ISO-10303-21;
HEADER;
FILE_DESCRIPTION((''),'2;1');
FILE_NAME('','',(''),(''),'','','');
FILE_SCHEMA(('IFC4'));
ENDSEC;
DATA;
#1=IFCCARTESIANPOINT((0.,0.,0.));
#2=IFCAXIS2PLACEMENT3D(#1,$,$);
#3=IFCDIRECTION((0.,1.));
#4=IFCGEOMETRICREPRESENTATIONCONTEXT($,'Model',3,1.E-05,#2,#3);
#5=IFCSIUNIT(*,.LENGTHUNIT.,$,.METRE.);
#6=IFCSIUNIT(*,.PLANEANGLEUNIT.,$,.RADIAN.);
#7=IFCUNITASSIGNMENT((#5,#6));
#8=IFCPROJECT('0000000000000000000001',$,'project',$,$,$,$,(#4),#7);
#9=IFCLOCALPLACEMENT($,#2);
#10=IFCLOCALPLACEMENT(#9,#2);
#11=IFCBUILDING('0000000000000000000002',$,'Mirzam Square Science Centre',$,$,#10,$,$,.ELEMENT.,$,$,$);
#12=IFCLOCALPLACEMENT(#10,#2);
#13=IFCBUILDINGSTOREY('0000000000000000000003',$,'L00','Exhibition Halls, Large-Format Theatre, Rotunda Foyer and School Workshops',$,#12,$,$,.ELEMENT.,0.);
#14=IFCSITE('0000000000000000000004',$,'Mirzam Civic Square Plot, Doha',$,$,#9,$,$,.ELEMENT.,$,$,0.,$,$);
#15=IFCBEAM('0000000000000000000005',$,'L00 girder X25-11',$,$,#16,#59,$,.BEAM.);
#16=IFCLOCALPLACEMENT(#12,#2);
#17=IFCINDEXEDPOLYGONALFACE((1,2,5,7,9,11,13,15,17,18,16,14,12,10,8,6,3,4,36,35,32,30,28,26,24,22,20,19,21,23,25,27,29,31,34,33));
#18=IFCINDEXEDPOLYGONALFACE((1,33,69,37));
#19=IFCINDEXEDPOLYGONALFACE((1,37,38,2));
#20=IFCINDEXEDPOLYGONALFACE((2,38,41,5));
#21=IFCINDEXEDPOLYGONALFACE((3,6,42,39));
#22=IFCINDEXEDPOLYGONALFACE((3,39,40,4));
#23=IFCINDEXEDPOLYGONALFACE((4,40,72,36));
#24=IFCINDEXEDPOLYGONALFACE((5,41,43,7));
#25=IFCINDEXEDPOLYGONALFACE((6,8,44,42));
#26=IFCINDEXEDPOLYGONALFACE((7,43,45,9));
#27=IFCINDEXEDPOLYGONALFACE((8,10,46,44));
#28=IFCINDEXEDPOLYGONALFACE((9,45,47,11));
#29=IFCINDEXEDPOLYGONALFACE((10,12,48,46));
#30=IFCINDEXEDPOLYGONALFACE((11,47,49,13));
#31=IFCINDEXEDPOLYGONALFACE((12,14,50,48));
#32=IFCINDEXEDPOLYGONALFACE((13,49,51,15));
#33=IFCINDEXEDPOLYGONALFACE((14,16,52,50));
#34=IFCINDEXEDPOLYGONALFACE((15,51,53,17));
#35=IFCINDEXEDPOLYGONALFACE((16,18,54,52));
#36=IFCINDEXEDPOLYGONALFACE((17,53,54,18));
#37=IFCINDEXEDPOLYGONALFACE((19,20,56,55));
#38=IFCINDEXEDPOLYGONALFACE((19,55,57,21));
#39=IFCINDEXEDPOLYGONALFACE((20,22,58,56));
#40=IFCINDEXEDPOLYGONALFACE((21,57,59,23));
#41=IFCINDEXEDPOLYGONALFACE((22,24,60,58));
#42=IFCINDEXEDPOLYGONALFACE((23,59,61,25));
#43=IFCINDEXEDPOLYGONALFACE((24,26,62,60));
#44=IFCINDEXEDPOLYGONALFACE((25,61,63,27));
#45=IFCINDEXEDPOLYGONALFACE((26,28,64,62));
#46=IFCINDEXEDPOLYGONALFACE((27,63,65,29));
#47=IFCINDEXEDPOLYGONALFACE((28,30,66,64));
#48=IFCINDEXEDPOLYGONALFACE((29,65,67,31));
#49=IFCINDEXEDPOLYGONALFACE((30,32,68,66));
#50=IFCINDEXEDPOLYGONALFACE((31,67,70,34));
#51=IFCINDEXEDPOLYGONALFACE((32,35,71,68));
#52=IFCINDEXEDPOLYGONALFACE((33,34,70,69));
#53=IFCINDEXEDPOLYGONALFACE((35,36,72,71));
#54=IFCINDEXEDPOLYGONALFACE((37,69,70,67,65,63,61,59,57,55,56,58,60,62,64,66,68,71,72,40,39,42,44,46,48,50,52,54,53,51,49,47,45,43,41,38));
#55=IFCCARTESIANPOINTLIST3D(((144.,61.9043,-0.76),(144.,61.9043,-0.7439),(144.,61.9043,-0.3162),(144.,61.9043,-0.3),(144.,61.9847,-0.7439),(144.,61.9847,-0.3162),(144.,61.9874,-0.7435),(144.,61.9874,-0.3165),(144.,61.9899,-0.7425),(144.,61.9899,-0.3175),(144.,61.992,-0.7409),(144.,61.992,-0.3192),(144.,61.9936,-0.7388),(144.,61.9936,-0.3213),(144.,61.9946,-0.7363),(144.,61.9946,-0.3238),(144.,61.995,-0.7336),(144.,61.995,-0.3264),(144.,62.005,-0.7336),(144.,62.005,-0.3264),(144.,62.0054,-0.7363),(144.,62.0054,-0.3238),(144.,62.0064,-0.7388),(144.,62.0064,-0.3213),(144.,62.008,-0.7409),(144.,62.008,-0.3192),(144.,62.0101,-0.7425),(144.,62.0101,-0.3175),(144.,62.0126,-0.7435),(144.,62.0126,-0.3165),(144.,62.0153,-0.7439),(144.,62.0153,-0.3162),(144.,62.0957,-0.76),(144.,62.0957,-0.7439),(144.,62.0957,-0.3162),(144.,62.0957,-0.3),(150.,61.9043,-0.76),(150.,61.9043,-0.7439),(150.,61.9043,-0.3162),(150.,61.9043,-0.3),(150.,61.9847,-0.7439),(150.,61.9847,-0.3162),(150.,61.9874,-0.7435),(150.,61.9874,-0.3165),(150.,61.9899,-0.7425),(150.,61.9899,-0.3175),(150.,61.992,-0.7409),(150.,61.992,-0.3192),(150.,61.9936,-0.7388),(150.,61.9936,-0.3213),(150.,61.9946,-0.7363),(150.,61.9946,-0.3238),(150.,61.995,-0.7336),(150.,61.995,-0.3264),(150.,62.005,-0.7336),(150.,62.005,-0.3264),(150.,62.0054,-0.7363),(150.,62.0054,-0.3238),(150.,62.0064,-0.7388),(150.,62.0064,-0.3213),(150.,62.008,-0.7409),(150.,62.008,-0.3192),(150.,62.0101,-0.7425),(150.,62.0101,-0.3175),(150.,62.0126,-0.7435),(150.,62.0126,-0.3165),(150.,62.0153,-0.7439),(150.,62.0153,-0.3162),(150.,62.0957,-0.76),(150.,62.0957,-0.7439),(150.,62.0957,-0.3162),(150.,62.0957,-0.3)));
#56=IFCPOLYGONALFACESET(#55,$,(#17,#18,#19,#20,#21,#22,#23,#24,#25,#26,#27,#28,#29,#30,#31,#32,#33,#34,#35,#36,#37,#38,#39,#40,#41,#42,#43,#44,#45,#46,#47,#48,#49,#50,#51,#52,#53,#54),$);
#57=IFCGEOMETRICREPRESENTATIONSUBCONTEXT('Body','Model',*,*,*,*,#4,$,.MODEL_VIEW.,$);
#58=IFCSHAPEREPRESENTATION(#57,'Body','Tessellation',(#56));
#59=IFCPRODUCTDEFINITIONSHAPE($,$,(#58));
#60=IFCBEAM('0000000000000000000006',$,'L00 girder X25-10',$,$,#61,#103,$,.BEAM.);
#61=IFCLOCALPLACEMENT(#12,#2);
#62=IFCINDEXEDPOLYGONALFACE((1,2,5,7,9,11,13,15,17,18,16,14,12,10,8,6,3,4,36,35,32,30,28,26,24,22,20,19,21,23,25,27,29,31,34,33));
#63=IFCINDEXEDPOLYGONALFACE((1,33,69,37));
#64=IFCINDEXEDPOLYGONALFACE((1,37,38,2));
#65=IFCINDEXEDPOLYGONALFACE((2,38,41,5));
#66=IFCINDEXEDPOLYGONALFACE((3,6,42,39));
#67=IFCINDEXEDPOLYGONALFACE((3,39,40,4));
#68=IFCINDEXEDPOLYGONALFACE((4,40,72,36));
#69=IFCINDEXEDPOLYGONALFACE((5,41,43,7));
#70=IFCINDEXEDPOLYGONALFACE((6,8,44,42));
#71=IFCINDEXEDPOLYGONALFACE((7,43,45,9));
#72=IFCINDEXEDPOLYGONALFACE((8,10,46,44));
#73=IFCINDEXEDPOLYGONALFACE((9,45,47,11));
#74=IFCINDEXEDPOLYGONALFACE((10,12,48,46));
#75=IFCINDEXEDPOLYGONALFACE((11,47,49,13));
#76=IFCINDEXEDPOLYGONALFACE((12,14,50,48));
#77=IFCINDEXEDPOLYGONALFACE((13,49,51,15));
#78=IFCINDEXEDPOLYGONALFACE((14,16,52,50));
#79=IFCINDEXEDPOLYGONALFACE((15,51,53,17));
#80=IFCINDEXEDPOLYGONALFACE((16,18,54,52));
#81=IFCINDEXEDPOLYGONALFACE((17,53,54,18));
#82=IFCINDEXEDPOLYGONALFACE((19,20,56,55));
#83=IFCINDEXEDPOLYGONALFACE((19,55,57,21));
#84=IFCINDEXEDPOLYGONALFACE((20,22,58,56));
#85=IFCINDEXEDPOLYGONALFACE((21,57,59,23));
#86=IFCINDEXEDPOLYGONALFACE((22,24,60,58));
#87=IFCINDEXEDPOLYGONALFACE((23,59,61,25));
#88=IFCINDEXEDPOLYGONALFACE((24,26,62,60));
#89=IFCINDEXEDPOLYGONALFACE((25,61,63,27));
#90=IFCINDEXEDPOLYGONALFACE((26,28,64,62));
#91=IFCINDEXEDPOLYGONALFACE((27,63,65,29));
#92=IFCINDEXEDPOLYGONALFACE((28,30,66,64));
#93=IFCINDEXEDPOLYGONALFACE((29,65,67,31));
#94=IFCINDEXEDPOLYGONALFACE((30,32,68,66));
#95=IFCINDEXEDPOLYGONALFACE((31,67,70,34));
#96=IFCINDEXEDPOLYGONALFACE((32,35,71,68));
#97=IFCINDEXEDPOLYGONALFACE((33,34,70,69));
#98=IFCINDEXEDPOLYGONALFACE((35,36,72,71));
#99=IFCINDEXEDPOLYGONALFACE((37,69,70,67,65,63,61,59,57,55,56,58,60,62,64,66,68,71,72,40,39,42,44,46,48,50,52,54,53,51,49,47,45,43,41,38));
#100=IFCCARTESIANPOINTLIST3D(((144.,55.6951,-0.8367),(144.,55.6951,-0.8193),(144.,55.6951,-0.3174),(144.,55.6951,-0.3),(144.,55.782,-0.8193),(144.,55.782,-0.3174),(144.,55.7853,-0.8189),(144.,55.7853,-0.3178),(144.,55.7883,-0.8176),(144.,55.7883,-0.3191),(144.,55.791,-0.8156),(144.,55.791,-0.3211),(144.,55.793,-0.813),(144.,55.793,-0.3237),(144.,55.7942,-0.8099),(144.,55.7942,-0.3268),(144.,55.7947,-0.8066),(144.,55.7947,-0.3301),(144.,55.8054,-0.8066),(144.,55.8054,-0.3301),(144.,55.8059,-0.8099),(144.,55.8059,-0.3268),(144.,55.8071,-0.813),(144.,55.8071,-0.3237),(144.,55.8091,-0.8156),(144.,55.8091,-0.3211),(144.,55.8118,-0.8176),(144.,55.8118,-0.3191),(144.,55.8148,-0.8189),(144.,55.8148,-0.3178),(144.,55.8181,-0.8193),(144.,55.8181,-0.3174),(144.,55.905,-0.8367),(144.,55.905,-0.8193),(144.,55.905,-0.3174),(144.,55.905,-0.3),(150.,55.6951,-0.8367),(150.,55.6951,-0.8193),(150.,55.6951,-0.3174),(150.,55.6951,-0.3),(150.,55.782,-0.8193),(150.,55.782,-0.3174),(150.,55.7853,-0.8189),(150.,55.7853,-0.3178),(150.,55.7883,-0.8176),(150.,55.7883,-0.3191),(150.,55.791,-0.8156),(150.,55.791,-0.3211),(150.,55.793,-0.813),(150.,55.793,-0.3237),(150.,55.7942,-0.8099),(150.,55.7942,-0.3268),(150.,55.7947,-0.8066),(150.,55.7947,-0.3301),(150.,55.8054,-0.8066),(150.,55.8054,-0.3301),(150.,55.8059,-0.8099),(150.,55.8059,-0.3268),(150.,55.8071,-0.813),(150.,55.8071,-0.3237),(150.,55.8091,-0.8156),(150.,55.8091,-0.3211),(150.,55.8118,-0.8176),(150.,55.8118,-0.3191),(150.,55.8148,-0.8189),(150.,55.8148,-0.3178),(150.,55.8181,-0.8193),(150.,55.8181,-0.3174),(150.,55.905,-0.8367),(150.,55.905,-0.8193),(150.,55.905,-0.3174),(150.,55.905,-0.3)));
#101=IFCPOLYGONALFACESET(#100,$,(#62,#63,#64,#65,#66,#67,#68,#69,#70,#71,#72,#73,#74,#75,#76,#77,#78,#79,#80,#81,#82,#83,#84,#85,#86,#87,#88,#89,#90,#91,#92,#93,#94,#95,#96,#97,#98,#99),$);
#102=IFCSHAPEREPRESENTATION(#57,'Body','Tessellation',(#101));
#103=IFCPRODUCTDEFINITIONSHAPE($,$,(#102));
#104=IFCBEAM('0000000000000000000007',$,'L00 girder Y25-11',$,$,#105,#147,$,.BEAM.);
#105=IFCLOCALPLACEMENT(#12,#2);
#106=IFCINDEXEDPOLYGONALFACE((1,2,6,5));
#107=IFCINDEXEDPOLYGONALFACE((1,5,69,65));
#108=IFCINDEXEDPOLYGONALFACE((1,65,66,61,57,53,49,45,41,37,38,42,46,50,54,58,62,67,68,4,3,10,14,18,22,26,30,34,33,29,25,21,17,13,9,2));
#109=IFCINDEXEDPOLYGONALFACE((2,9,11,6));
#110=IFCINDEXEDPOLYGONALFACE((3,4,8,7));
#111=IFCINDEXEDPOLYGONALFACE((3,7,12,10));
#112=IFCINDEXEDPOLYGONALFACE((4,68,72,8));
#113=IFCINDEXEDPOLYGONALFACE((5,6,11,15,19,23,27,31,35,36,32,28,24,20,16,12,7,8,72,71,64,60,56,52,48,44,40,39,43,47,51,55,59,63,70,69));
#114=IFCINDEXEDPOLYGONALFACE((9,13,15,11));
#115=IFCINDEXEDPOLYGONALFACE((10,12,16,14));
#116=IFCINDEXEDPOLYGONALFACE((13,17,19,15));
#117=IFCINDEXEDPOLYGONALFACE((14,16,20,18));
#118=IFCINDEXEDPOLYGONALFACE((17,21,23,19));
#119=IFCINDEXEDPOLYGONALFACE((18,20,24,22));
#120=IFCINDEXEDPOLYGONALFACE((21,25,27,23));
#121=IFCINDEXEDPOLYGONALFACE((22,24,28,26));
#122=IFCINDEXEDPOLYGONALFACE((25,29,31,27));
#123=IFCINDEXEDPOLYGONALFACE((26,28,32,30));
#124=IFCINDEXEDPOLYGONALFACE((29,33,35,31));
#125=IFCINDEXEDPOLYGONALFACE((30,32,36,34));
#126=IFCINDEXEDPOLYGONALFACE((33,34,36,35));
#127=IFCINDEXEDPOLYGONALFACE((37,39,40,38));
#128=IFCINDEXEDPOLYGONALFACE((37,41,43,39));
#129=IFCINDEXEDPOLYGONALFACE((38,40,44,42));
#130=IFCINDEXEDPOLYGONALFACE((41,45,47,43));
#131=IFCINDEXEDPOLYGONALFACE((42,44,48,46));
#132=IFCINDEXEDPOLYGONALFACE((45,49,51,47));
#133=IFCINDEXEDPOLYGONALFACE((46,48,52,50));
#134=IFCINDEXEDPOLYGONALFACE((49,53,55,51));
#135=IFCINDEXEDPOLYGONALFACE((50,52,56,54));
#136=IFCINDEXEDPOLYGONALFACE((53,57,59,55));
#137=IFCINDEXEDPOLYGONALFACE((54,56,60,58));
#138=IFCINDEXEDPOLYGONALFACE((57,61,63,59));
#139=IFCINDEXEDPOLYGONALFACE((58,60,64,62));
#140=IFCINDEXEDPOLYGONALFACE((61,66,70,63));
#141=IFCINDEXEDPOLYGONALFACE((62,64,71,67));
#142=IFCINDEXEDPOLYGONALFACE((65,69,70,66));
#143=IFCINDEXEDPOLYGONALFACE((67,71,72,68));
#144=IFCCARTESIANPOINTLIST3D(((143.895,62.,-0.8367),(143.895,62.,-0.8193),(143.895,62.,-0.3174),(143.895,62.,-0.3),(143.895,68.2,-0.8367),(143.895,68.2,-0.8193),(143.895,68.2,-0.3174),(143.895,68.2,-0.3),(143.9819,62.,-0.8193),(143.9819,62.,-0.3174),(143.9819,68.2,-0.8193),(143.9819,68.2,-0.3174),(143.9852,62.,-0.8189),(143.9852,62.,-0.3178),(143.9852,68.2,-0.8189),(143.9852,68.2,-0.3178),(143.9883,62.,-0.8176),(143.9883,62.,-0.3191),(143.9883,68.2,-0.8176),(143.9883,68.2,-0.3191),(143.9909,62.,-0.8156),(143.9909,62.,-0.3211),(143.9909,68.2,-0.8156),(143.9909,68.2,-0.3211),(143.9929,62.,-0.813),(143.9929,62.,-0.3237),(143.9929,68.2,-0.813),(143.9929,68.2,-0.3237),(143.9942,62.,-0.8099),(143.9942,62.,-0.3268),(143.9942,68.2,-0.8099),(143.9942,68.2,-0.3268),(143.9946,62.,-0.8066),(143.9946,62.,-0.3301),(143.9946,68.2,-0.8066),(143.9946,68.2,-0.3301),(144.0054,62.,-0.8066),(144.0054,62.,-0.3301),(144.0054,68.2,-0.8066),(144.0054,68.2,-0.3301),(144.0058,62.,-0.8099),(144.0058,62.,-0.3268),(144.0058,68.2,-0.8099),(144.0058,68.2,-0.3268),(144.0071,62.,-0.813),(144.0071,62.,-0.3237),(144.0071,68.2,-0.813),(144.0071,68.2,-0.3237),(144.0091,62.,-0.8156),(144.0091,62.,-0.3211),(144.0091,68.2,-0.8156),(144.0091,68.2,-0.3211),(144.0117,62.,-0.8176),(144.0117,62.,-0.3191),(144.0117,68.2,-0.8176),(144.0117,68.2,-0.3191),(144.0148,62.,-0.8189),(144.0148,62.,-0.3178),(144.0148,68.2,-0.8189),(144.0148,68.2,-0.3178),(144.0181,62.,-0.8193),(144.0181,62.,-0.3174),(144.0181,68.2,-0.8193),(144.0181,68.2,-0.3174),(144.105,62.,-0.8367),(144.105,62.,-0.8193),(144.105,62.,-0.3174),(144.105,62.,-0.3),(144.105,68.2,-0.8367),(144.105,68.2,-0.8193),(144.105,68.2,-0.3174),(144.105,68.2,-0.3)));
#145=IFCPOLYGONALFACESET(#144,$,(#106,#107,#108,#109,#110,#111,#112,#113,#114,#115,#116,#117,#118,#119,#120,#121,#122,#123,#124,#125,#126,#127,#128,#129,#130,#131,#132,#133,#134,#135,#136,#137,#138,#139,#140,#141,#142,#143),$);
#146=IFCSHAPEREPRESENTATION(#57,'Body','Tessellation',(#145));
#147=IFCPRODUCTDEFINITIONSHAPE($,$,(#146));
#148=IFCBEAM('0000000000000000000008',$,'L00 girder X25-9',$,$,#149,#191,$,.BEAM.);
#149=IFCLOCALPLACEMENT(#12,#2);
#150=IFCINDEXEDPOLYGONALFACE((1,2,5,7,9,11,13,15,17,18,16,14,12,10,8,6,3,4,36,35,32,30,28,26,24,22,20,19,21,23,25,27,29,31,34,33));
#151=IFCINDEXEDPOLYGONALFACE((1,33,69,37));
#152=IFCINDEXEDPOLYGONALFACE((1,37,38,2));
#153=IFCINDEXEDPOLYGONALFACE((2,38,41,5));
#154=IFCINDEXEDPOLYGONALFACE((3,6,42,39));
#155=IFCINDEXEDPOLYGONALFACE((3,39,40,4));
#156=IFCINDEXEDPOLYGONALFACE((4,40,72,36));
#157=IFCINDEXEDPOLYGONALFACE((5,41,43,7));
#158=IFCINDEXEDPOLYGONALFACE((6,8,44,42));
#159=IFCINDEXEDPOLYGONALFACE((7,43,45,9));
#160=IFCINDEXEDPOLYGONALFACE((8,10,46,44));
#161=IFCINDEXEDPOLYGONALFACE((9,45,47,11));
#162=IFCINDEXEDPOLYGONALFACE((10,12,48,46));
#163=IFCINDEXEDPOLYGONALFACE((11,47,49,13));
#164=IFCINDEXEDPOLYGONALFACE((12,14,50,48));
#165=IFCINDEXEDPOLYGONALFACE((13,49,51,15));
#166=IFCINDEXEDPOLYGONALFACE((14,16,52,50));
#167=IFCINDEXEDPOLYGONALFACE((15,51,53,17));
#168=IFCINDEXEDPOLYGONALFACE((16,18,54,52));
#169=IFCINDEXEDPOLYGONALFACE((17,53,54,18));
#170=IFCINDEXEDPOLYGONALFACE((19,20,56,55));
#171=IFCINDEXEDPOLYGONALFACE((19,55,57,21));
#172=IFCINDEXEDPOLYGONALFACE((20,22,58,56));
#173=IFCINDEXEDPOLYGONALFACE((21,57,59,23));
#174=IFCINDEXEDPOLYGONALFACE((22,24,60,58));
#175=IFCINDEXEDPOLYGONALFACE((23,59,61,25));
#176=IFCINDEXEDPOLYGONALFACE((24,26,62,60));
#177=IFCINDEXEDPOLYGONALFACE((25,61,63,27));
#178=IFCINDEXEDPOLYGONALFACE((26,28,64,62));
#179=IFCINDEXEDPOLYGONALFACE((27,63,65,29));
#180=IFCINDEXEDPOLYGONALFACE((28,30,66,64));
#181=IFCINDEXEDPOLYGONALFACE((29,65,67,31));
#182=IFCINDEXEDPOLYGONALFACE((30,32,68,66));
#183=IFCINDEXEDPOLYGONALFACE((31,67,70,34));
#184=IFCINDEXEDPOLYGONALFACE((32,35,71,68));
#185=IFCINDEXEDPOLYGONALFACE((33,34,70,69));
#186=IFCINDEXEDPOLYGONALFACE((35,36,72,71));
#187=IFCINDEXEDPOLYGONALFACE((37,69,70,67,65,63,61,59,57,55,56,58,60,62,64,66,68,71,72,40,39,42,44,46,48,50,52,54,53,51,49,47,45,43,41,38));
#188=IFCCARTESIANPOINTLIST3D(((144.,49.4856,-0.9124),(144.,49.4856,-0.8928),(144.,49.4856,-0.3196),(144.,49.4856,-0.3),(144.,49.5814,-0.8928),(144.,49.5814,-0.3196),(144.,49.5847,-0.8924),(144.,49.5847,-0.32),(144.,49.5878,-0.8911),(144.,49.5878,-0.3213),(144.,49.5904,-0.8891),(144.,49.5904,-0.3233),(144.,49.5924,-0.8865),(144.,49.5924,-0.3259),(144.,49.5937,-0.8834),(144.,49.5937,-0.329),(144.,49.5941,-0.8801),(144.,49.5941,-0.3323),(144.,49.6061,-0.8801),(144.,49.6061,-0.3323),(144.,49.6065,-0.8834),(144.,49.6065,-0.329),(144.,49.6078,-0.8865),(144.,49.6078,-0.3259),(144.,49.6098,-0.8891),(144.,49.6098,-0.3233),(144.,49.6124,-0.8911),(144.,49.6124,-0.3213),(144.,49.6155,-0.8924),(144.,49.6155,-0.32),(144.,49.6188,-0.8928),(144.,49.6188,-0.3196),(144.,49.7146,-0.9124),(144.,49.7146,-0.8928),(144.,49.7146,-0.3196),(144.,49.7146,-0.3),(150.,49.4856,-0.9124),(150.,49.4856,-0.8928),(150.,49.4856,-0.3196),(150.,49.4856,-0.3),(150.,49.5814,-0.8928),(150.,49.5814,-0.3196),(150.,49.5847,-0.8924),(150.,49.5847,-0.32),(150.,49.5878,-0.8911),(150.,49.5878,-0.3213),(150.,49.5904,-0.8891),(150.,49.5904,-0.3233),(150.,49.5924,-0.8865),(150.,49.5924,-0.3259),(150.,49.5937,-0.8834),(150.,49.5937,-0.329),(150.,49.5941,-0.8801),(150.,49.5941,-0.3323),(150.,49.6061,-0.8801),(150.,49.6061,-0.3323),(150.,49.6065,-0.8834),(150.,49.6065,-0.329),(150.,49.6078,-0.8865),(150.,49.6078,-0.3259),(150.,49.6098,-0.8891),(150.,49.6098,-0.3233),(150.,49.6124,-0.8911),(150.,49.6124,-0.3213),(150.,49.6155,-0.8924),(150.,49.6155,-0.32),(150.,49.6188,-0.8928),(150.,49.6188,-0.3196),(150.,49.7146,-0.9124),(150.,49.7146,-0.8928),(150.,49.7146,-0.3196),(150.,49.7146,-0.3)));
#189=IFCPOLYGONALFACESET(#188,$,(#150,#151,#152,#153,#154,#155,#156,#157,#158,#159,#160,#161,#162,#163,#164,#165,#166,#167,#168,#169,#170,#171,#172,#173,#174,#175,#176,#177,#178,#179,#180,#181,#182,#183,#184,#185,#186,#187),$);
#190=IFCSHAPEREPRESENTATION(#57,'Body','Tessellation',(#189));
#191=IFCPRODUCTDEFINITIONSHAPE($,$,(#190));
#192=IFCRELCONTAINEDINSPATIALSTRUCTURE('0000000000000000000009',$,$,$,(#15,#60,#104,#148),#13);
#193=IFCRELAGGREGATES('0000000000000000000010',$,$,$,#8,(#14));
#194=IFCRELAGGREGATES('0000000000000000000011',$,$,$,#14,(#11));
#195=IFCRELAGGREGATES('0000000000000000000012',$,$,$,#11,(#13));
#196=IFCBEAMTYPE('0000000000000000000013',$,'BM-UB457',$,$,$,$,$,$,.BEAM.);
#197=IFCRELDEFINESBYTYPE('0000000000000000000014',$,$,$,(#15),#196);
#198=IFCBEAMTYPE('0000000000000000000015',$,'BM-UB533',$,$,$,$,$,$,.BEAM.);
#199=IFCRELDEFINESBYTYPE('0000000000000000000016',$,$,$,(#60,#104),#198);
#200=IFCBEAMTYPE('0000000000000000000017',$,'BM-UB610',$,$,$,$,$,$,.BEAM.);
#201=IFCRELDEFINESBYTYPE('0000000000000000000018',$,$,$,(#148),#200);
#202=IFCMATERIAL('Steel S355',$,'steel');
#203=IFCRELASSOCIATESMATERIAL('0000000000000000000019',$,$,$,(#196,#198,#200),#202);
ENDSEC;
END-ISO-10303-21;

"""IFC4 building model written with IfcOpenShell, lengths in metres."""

from ifc_helpers import new_model, si_unit, direction, frame, origin, origin_2d, place, context, subcontext, project, spatial, i_section, extrude, material, material_profile, profile_set, type_object, element, save


model = new_model("IFC4")

# Units and contexts
model_context = context("Model", 3, precision=1e-05, world=origin(), true_north=direction((0.0, 1.0)))
body_context = subcontext(model_context, "Body", "Model", "MODEL_VIEW")
ifc_project = project(units=[si_unit("LENGTHUNIT", "METRE"), si_unit("PLANEANGLEUNIT", "RADIAN")], contexts=[model_context])

# Site, building, storey
site_placement = place(None, origin())
site = spatial("IfcSite", under=ifc_project, at=site_placement, Name="Mirzam Civic Square Plot, Doha", CompositionType="ELEMENT", RefElevation=0.0)
building_placement = place(site_placement, origin())
building = spatial("IfcBuilding", under=site, at=building_placement, Name="Mirzam Square Science Centre", CompositionType="ELEMENT")
storey_placement = place(building_placement, origin())
storey = spatial("IfcBuildingStorey", under=building, at=storey_placement, Name="L00", Description="Exhibition Halls, Large-Format Theatre, Rotunda Foyer and School Workshops", CompositionType="ELEMENT", Elevation=0.0)

# Shared definitions
ifc_material_1 = material(Name="Steel S355", Category="steel")

# Beams
ifc_material_profile_1 = material_profile(ifc_material_1, i_section(OverallWidth=0.1914, OverallDepth=0.46, WebThickness=0.01, FlangeThickness=0.0161, FilletRadius=0.0103, at=origin_2d()), Name="457x191x82UB")
ifc_profile_set_1 = profile_set([ifc_material_profile_1], Name="Steel S355")
beam_type_1 = type_object("IfcBeamType", Name="BM-UB457", PredefinedType="BEAM", material=ifc_profile_set_1)
beam_1_placement = place(storey_placement, frame((144.0, 62.0, -0.53), z_axis=(1.0, 0.0, 0.0), x_axis=(0.0, 1.0, 0.0)))
element("IfcBeam", 1, at=beam_1_placement, inside=storey, type_object=beam_type_1, Name="L00 girder X25-11", PredefinedType="BEAM", context=body_context, shape_type="SweptSolid", body=[
    extrude(i_section(OverallWidth=0.1914, OverallDepth=0.46, WebThickness=0.01, FlangeThickness=0.0161, FilletRadius=0.0103, at=origin_2d()), origin(), (0.0, 0.0, 1.0), 6.0),
])
ifc_material_profile_2 = material_profile(ifc_material_1, i_section(OverallWidth=0.21, OverallDepth=0.5366, WebThickness=0.0107, FlangeThickness=0.0173, FilletRadius=0.0127, at=origin_2d()), Name="533x210x101UB")
ifc_profile_set_2 = profile_set([ifc_material_profile_2], Name="Steel S355")
beam_type_2 = type_object("IfcBeamType", Name="BM-UB533", PredefinedType="BEAM", material=ifc_profile_set_2)
beam_2_placement = place(storey_placement, frame((144.0, 55.8, -0.5684), z_axis=(1.0, 0.0, 0.0), x_axis=(0.0, 1.0, 0.0)))
element("IfcBeam", 2, at=beam_2_placement, inside=storey, type_object=beam_type_2, Name="L00 girder X25-10", PredefinedType="BEAM", context=body_context, shape_type="SweptSolid", body=[
    extrude(i_section(OverallWidth=0.21, OverallDepth=0.5366, WebThickness=0.0107, FlangeThickness=0.0173, FilletRadius=0.0127, at=origin_2d()), origin(), (0.0, 0.0, 1.0), 6.0),
])
beam_3_placement = place(storey_placement, frame((144.0, 62.0, -0.5684), z_axis=(0.0, 1.0, 0.0), x_axis=(-1.0, 0.0, 0.0)))
element("IfcBeam", 3, at=beam_3_placement, inside=storey, type_object=beam_type_2, Name="L00 girder Y25-11", PredefinedType="BEAM", context=body_context, shape_type="SweptSolid", body=[
    extrude(i_section(OverallWidth=0.21, OverallDepth=0.5366, WebThickness=0.0107, FlangeThickness=0.0173, FilletRadius=0.0127, at=origin_2d()), origin(), (0.0, 0.0, 1.0), 6.2),
])
ifc_material_profile_3 = material_profile(ifc_material_1, i_section(OverallWidth=0.229, OverallDepth=0.6123, WebThickness=0.012, FlangeThickness=0.0195, FilletRadius=0.0127, at=origin_2d()), Name="610x229x125UB")
ifc_profile_set_3 = profile_set([ifc_material_profile_3], Name="Steel S355")
beam_type_3 = type_object("IfcBeamType", Name="BM-UB610", PredefinedType="BEAM", material=ifc_profile_set_3)
beam_4_placement = place(storey_placement, frame((144.0, 49.6001, -0.6062), z_axis=(1.0, 0.0, 0.0), x_axis=(0.0, 1.0, 0.0)))
element("IfcBeam", 4, at=beam_4_placement, inside=storey, type_object=beam_type_3, Name="L00 girder X25-9", PredefinedType="BEAM", context=body_context, shape_type="SweptSolid", body=[
    extrude(i_section(OverallWidth=0.229, OverallDepth=0.6123, WebThickness=0.012, FlangeThickness=0.0195, FilletRadius=0.0127, at=origin_2d()), origin(), (0.0, 0.0, 1.0), 6.0),
])

save(model, "model.ifc")
